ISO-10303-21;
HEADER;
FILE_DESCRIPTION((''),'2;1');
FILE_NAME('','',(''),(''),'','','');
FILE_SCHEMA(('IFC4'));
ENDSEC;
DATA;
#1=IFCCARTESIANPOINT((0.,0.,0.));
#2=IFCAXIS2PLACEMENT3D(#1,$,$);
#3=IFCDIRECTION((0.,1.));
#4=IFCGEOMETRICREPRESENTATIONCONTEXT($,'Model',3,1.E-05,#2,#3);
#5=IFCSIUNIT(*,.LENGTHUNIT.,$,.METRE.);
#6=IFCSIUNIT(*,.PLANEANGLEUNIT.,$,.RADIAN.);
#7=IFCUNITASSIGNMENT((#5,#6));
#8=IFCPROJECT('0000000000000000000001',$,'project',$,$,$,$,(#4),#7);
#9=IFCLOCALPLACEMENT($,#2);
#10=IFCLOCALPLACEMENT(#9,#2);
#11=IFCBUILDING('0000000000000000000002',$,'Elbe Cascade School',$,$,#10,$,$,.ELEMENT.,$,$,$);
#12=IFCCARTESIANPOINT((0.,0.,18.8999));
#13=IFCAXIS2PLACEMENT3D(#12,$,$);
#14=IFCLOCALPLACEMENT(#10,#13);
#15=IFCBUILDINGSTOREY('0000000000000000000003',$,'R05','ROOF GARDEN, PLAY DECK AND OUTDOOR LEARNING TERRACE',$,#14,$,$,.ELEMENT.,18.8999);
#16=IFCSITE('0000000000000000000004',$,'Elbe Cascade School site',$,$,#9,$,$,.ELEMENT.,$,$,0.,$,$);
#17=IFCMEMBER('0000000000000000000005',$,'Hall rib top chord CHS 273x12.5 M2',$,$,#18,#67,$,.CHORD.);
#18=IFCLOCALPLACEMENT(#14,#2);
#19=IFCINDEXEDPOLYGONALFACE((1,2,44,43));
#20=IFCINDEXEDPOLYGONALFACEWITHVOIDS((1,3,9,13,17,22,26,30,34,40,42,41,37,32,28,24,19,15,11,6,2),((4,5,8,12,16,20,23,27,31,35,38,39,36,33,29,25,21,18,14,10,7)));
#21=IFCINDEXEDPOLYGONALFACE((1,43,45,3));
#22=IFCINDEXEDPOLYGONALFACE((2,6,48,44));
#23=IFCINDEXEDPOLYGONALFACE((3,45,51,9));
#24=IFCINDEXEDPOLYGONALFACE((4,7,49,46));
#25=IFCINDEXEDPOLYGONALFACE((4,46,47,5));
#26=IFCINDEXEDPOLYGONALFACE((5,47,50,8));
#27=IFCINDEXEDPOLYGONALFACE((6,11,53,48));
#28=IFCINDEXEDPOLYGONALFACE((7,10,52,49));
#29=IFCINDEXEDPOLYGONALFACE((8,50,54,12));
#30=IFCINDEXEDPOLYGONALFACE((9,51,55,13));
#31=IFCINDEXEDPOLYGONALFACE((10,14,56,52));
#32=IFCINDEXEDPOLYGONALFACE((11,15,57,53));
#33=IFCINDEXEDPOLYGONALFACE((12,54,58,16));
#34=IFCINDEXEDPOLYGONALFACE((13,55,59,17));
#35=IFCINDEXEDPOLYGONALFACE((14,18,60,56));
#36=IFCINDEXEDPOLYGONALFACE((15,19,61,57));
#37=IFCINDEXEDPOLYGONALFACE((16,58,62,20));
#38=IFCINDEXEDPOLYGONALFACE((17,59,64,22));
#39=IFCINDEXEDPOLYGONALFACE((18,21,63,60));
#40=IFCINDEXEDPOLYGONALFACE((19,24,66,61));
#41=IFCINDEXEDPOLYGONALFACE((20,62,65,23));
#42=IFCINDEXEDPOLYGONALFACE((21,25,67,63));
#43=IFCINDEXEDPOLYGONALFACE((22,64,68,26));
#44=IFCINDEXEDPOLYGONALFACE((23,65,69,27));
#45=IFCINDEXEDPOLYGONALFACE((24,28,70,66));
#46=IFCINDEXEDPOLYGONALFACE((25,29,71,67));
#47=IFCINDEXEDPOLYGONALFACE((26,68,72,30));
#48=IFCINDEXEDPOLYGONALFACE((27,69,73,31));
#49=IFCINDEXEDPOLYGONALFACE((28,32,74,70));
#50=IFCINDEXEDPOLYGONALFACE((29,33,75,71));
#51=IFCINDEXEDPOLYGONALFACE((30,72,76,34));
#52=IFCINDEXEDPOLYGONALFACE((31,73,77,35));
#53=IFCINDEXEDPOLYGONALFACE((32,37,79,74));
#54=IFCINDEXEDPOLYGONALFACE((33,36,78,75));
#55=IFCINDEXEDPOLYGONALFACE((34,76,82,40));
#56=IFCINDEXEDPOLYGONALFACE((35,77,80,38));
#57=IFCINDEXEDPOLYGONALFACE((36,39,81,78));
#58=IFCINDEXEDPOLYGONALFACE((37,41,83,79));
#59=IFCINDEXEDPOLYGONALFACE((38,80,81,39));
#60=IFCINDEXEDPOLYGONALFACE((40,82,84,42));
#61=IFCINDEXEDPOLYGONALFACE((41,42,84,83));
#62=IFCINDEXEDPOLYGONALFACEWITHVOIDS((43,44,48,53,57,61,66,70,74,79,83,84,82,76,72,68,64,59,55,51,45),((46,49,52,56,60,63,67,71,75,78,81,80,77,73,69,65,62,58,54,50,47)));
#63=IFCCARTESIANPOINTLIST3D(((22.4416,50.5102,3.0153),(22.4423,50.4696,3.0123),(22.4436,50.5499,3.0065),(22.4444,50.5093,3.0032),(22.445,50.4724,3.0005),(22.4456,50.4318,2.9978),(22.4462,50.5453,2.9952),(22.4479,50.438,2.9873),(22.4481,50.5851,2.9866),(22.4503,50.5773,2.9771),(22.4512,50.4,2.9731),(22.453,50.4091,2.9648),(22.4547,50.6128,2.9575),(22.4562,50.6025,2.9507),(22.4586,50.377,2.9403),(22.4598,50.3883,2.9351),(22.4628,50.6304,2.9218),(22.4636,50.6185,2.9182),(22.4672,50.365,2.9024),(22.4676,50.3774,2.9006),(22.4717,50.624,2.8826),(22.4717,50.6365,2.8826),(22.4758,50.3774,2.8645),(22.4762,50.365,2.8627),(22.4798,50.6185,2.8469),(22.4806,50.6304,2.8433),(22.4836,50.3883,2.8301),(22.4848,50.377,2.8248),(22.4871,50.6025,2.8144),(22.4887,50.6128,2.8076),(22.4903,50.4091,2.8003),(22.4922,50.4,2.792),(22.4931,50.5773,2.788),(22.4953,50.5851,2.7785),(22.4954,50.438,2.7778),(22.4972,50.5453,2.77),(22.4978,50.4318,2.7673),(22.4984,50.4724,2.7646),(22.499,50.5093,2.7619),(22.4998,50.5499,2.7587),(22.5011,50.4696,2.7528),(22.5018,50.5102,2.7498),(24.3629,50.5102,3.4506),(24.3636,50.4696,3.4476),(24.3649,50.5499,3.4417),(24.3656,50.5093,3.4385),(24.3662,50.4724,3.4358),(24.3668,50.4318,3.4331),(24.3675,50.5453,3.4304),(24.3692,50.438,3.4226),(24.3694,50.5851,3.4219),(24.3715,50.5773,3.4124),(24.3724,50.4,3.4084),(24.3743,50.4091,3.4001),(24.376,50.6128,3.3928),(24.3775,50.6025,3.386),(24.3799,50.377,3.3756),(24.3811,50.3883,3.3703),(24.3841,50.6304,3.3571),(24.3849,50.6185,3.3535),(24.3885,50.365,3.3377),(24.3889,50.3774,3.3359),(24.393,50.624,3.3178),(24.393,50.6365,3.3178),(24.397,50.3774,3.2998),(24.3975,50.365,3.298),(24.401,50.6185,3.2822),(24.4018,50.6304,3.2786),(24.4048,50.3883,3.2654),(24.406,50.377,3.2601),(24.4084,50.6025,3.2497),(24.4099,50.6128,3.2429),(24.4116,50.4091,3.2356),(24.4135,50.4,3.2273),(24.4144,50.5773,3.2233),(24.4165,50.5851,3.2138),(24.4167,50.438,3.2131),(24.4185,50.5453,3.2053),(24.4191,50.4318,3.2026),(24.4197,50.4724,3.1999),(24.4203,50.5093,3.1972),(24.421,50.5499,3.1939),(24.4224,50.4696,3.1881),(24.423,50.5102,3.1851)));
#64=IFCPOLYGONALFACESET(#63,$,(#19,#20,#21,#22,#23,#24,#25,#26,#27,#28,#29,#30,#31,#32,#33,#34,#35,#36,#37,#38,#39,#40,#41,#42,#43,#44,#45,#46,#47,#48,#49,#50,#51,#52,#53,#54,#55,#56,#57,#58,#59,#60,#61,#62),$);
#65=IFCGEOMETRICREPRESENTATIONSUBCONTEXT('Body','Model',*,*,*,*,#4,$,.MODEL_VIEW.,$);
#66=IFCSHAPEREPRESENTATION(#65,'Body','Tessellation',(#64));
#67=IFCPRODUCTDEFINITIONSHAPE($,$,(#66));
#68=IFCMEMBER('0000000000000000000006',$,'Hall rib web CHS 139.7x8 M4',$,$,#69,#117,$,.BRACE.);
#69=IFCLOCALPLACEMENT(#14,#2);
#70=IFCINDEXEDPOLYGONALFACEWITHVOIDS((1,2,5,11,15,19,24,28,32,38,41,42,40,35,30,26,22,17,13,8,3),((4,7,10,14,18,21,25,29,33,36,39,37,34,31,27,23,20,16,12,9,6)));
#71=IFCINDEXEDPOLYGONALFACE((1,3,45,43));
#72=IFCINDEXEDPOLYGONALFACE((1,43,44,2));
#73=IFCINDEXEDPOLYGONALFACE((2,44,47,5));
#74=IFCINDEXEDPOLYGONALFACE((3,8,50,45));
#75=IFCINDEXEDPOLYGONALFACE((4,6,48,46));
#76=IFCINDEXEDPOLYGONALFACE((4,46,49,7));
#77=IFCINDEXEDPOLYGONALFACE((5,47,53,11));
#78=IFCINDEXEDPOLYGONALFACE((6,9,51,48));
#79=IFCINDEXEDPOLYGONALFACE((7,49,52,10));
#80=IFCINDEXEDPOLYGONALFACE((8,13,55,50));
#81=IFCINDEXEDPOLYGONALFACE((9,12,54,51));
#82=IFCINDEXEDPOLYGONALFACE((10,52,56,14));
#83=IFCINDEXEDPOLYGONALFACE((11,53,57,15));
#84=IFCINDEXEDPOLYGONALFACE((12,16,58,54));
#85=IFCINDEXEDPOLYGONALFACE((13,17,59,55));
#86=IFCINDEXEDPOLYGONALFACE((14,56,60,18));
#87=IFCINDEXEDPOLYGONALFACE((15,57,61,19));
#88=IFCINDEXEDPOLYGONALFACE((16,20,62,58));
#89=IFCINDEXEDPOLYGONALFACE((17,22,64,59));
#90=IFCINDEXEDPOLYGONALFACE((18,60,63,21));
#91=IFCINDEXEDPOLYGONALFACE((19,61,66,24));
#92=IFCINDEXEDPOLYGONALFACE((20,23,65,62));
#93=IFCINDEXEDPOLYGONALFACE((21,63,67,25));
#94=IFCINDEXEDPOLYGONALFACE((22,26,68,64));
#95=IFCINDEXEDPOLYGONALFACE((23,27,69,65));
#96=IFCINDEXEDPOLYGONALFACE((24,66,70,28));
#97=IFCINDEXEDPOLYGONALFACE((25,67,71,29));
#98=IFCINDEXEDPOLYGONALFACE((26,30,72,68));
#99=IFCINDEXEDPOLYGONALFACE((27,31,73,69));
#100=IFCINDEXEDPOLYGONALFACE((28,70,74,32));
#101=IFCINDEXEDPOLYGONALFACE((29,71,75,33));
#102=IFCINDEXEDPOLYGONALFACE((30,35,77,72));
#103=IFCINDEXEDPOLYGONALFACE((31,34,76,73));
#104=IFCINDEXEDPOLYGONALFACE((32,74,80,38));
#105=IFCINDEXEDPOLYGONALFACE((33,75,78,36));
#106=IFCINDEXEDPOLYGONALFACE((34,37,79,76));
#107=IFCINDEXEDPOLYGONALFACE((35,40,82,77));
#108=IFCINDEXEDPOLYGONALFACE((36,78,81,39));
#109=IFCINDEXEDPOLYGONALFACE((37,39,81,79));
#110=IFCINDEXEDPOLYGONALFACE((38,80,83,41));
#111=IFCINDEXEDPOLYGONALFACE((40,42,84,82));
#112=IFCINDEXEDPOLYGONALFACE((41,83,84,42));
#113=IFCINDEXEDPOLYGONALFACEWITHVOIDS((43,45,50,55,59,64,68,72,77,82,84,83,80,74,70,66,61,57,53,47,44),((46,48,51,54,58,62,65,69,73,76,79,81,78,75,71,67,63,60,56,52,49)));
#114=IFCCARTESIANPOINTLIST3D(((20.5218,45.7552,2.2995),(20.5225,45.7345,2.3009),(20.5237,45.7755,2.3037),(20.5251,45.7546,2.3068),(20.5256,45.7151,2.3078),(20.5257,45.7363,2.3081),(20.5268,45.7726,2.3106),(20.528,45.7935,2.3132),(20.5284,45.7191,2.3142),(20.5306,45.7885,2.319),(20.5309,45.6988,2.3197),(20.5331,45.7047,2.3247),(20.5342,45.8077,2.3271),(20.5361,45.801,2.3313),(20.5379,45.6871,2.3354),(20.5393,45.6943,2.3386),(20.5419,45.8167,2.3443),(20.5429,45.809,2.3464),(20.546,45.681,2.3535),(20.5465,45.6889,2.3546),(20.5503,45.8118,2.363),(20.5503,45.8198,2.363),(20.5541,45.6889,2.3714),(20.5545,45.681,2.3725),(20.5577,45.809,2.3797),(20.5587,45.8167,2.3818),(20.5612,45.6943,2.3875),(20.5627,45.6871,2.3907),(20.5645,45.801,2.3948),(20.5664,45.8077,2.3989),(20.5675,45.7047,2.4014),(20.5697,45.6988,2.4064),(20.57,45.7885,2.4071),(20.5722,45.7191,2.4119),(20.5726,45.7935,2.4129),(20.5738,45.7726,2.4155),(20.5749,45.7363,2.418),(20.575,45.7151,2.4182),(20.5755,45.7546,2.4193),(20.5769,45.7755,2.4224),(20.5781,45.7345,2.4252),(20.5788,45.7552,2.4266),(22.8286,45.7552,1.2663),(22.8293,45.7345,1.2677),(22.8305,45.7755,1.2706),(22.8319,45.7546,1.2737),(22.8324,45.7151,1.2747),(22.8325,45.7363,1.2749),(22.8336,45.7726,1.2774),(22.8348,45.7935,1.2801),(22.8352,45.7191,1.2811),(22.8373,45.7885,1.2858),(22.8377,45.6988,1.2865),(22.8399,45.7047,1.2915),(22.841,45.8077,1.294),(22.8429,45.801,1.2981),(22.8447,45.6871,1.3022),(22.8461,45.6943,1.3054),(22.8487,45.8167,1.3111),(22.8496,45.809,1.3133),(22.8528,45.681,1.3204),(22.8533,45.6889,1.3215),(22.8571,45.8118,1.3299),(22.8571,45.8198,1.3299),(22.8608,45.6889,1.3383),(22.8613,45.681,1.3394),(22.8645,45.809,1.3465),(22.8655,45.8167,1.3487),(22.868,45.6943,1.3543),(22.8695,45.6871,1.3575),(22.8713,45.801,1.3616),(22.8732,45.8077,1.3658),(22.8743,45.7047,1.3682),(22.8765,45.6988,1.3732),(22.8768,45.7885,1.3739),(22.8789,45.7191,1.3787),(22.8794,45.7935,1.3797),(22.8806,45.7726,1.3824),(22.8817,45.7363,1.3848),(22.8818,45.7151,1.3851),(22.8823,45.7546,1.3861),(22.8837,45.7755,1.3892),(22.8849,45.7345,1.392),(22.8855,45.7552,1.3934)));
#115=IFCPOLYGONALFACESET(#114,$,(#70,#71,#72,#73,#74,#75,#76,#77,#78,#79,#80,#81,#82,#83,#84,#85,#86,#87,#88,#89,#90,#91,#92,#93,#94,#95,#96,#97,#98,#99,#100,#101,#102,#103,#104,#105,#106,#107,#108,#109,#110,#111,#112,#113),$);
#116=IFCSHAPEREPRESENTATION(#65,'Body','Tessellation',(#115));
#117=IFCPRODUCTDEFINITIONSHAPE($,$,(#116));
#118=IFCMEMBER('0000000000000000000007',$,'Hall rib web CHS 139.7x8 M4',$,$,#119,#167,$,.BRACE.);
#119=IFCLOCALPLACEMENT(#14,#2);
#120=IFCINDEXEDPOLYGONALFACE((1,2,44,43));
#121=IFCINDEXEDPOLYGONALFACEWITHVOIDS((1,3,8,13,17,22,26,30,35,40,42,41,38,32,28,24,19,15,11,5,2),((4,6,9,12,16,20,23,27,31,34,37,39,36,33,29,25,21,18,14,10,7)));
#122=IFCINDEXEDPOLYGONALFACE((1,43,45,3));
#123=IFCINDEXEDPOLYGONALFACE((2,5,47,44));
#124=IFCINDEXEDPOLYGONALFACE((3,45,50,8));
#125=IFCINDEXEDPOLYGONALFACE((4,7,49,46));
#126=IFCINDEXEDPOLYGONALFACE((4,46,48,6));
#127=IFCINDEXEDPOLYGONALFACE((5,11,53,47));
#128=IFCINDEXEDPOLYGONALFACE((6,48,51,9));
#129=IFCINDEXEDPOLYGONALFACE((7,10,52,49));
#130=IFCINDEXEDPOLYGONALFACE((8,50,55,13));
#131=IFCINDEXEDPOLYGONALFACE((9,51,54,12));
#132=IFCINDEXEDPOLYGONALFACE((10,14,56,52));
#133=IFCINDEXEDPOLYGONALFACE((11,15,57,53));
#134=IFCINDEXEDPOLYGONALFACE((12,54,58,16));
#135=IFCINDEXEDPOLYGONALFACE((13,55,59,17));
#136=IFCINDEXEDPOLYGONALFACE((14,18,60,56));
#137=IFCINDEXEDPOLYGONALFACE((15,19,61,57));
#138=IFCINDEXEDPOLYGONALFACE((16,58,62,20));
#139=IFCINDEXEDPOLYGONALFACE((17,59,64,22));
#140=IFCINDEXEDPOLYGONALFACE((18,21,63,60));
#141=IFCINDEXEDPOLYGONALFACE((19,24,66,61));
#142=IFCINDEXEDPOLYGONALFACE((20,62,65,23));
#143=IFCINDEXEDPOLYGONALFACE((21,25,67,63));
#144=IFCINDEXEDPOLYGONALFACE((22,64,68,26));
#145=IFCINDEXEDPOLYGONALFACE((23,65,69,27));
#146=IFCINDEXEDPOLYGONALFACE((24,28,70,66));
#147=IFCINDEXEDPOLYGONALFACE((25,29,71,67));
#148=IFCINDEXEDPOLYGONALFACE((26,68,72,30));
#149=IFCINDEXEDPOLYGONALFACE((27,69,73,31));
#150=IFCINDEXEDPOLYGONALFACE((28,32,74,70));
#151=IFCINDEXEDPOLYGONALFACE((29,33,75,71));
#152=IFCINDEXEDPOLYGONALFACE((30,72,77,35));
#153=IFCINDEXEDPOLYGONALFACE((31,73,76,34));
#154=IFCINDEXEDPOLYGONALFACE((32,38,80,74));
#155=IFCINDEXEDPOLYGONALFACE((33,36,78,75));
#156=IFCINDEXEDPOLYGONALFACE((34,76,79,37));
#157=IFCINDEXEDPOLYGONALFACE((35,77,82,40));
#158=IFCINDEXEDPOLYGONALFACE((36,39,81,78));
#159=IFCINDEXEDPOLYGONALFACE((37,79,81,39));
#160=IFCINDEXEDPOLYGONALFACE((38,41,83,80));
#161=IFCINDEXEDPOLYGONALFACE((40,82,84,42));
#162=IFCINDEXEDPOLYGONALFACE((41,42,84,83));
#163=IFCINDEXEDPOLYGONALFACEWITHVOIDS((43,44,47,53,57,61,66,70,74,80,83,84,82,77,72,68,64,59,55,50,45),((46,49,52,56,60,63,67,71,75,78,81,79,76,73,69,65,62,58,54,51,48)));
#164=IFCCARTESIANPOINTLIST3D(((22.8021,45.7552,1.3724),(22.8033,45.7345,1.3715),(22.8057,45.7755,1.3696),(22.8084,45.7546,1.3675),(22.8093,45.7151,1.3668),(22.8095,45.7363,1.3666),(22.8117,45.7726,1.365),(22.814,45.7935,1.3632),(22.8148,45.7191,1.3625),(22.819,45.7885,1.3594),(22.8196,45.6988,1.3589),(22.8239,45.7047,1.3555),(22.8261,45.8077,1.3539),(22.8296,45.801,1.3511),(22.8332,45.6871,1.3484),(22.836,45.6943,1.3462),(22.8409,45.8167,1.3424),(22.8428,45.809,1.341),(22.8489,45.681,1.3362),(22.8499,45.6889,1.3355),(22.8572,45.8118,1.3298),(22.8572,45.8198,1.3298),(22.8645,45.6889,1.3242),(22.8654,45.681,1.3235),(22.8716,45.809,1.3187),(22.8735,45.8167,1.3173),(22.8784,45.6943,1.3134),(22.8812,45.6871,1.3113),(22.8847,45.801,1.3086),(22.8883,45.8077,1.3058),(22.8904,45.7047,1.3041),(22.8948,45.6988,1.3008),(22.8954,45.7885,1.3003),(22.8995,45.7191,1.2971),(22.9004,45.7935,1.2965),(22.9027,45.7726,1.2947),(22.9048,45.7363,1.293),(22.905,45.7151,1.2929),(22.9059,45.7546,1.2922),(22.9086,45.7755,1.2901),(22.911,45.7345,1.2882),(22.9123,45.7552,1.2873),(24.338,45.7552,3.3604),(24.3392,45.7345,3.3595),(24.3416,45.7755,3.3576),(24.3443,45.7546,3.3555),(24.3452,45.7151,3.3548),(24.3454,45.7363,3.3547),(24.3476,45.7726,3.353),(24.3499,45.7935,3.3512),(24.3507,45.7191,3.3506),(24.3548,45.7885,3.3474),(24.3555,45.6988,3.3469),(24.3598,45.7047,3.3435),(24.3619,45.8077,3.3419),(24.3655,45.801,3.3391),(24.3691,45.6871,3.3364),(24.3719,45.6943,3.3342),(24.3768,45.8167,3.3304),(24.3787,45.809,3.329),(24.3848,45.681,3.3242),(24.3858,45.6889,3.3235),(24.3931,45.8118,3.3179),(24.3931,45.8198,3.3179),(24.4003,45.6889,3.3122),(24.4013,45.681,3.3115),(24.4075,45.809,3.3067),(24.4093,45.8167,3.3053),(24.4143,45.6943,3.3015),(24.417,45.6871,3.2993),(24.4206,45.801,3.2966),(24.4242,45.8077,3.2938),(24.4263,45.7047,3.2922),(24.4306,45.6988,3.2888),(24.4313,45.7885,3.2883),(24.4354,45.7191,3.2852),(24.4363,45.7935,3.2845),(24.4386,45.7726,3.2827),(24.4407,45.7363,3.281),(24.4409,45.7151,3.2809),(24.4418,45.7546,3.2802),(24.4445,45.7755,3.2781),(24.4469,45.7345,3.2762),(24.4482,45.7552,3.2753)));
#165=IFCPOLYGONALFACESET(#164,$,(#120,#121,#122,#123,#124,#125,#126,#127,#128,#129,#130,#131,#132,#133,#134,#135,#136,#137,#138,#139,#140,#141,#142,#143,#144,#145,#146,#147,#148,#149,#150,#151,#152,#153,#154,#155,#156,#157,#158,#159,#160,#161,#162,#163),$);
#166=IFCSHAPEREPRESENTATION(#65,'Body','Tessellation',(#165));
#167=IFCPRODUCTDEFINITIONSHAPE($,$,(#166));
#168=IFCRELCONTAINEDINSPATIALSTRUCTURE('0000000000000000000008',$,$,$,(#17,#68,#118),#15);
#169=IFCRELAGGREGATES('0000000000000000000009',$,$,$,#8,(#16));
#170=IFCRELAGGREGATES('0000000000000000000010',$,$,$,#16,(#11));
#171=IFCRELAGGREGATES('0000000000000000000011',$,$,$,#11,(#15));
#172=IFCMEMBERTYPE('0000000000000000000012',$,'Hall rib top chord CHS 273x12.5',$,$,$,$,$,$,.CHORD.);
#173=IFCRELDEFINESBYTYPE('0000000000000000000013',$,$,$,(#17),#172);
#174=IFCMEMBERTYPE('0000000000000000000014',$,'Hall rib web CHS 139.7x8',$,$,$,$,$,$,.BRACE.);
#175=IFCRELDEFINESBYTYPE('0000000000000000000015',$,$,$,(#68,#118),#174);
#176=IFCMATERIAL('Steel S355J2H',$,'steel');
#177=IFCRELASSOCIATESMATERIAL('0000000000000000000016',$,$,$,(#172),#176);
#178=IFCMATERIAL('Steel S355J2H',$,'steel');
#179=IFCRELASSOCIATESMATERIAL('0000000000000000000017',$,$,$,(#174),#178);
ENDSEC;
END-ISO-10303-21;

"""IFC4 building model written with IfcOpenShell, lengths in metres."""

from ifc_helpers import new_model, si_unit, direction, frame, origin, origin_2d, place, context, subcontext, project, spatial, hollow_circle, extrude, material, material_profile, profile_set, type_object, element, save


model = new_model("IFC4")

# Units and contexts
model_context = context("Model", 3, precision=1e-05, world=origin(), true_north=direction((0.0, 1.0)))
body_context = subcontext(model_context, "Body", "Model", "MODEL_VIEW")
ifc_project = project(units=[si_unit("LENGTHUNIT", "METRE"), si_unit("PLANEANGLEUNIT", "RADIAN")], contexts=[model_context])

# Site, building, storey
site_placement = place(None, origin())
site = spatial("IfcSite", under=ifc_project, at=site_placement, Name="Elbe Cascade School site", CompositionType="ELEMENT", RefElevation=0.0)
building_placement = place(site_placement, origin())
building = spatial("IfcBuilding", under=site, at=building_placement, Name="Elbe Cascade School", CompositionType="ELEMENT")
storey_placement = place(building_placement, frame((0.0, 0.0, 18.8999)))
storey = spatial("IfcBuildingStorey", under=building, at=storey_placement, Name="R05", Description="ROOF GARDEN, PLAY DECK AND OUTDOOR LEARNING TERRACE", CompositionType="ELEMENT", Elevation=18.8999)

# Members
ifc_material_1 = material(Name="Steel S355J2H", Category="steel")
ifc_material_profile_1 = material_profile(ifc_material_1, hollow_circle(Radius=0.1365, WallThickness=0.0125, at=origin_2d()), Name="CHS 273x12.5")
ifc_profile_set_1 = profile_set([ifc_material_profile_1], Name="Steel S355J2H")
member_type_1 = type_object("IfcMemberType", Name="Hall rib top chord CHS 273x12.5", PredefinedType="CHORD", material=ifc_profile_set_1)
member_1_placement = place(storey_placement, frame((22.4717, 50.5, 2.8826), z_axis=(0.975284, 0.0, 0.220957), x_axis=(0.0, 1.0, 0.0)))
element("IfcMember", 1, at=member_1_placement, inside=storey, type_object=member_type_1, Name="Hall rib top chord CHS 273x12.5 M2", PredefinedType="CHORD", context=body_context, shape_type="SweptSolid", body=[
    extrude(hollow_circle(Radius=0.1365, WallThickness=0.0125, at=origin_2d()), origin(), (0.0, 0.0, 1.0), 1.97),
])
ifc_material_2 = material(Name="Steel S355J2H", Category="steel")
ifc_material_profile_2 = material_profile(ifc_material_2, hollow_circle(Radius=0.0698, WallThickness=0.0081, at=origin_2d()), Name="CHS 139.7x8")
ifc_profile_set_2 = profile_set([ifc_material_profile_2], Name="Steel S355J2H")
member_type_2 = type_object("IfcMemberType", Name="Hall rib web CHS 139.7x8", PredefinedType="BRACE", material=ifc_profile_set_2)
member_2_placement = place(storey_placement, frame((20.5503, 45.75, 2.363), z_axis=(0.912645, 0.0, -0.408754), x_axis=(0.0, 1.0, 0.0)))
element("IfcMember", 2, at=member_2_placement, inside=storey, type_object=member_type_2, Name="Hall rib web CHS 139.7x8 M4", PredefinedType="BRACE", context=body_context, shape_type="SweptSolid", body=[
    extrude(hollow_circle(Radius=0.0698, WallThickness=0.0081, at=origin_2d()), origin(), (0.0, 0.0, 1.0), 2.5276),
])
member_3_placement = place(storey_placement, frame((22.8572, 45.75, 1.3298), z_axis=(0.611367, 0.0, 0.791347), x_axis=(0.0, 1.0, 0.0)))
element("IfcMember", 3, at=member_3_placement, inside=storey, type_object=member_type_2, Name="Hall rib web CHS 139.7x8 M4", PredefinedType="BRACE", context=body_context, shape_type="SweptSolid", body=[
    extrude(hollow_circle(Radius=0.0698, WallThickness=0.0081, at=origin_2d()), origin(), (0.0, 0.0, 1.0), 2.5122),
])

save(model, "model.ifc")
